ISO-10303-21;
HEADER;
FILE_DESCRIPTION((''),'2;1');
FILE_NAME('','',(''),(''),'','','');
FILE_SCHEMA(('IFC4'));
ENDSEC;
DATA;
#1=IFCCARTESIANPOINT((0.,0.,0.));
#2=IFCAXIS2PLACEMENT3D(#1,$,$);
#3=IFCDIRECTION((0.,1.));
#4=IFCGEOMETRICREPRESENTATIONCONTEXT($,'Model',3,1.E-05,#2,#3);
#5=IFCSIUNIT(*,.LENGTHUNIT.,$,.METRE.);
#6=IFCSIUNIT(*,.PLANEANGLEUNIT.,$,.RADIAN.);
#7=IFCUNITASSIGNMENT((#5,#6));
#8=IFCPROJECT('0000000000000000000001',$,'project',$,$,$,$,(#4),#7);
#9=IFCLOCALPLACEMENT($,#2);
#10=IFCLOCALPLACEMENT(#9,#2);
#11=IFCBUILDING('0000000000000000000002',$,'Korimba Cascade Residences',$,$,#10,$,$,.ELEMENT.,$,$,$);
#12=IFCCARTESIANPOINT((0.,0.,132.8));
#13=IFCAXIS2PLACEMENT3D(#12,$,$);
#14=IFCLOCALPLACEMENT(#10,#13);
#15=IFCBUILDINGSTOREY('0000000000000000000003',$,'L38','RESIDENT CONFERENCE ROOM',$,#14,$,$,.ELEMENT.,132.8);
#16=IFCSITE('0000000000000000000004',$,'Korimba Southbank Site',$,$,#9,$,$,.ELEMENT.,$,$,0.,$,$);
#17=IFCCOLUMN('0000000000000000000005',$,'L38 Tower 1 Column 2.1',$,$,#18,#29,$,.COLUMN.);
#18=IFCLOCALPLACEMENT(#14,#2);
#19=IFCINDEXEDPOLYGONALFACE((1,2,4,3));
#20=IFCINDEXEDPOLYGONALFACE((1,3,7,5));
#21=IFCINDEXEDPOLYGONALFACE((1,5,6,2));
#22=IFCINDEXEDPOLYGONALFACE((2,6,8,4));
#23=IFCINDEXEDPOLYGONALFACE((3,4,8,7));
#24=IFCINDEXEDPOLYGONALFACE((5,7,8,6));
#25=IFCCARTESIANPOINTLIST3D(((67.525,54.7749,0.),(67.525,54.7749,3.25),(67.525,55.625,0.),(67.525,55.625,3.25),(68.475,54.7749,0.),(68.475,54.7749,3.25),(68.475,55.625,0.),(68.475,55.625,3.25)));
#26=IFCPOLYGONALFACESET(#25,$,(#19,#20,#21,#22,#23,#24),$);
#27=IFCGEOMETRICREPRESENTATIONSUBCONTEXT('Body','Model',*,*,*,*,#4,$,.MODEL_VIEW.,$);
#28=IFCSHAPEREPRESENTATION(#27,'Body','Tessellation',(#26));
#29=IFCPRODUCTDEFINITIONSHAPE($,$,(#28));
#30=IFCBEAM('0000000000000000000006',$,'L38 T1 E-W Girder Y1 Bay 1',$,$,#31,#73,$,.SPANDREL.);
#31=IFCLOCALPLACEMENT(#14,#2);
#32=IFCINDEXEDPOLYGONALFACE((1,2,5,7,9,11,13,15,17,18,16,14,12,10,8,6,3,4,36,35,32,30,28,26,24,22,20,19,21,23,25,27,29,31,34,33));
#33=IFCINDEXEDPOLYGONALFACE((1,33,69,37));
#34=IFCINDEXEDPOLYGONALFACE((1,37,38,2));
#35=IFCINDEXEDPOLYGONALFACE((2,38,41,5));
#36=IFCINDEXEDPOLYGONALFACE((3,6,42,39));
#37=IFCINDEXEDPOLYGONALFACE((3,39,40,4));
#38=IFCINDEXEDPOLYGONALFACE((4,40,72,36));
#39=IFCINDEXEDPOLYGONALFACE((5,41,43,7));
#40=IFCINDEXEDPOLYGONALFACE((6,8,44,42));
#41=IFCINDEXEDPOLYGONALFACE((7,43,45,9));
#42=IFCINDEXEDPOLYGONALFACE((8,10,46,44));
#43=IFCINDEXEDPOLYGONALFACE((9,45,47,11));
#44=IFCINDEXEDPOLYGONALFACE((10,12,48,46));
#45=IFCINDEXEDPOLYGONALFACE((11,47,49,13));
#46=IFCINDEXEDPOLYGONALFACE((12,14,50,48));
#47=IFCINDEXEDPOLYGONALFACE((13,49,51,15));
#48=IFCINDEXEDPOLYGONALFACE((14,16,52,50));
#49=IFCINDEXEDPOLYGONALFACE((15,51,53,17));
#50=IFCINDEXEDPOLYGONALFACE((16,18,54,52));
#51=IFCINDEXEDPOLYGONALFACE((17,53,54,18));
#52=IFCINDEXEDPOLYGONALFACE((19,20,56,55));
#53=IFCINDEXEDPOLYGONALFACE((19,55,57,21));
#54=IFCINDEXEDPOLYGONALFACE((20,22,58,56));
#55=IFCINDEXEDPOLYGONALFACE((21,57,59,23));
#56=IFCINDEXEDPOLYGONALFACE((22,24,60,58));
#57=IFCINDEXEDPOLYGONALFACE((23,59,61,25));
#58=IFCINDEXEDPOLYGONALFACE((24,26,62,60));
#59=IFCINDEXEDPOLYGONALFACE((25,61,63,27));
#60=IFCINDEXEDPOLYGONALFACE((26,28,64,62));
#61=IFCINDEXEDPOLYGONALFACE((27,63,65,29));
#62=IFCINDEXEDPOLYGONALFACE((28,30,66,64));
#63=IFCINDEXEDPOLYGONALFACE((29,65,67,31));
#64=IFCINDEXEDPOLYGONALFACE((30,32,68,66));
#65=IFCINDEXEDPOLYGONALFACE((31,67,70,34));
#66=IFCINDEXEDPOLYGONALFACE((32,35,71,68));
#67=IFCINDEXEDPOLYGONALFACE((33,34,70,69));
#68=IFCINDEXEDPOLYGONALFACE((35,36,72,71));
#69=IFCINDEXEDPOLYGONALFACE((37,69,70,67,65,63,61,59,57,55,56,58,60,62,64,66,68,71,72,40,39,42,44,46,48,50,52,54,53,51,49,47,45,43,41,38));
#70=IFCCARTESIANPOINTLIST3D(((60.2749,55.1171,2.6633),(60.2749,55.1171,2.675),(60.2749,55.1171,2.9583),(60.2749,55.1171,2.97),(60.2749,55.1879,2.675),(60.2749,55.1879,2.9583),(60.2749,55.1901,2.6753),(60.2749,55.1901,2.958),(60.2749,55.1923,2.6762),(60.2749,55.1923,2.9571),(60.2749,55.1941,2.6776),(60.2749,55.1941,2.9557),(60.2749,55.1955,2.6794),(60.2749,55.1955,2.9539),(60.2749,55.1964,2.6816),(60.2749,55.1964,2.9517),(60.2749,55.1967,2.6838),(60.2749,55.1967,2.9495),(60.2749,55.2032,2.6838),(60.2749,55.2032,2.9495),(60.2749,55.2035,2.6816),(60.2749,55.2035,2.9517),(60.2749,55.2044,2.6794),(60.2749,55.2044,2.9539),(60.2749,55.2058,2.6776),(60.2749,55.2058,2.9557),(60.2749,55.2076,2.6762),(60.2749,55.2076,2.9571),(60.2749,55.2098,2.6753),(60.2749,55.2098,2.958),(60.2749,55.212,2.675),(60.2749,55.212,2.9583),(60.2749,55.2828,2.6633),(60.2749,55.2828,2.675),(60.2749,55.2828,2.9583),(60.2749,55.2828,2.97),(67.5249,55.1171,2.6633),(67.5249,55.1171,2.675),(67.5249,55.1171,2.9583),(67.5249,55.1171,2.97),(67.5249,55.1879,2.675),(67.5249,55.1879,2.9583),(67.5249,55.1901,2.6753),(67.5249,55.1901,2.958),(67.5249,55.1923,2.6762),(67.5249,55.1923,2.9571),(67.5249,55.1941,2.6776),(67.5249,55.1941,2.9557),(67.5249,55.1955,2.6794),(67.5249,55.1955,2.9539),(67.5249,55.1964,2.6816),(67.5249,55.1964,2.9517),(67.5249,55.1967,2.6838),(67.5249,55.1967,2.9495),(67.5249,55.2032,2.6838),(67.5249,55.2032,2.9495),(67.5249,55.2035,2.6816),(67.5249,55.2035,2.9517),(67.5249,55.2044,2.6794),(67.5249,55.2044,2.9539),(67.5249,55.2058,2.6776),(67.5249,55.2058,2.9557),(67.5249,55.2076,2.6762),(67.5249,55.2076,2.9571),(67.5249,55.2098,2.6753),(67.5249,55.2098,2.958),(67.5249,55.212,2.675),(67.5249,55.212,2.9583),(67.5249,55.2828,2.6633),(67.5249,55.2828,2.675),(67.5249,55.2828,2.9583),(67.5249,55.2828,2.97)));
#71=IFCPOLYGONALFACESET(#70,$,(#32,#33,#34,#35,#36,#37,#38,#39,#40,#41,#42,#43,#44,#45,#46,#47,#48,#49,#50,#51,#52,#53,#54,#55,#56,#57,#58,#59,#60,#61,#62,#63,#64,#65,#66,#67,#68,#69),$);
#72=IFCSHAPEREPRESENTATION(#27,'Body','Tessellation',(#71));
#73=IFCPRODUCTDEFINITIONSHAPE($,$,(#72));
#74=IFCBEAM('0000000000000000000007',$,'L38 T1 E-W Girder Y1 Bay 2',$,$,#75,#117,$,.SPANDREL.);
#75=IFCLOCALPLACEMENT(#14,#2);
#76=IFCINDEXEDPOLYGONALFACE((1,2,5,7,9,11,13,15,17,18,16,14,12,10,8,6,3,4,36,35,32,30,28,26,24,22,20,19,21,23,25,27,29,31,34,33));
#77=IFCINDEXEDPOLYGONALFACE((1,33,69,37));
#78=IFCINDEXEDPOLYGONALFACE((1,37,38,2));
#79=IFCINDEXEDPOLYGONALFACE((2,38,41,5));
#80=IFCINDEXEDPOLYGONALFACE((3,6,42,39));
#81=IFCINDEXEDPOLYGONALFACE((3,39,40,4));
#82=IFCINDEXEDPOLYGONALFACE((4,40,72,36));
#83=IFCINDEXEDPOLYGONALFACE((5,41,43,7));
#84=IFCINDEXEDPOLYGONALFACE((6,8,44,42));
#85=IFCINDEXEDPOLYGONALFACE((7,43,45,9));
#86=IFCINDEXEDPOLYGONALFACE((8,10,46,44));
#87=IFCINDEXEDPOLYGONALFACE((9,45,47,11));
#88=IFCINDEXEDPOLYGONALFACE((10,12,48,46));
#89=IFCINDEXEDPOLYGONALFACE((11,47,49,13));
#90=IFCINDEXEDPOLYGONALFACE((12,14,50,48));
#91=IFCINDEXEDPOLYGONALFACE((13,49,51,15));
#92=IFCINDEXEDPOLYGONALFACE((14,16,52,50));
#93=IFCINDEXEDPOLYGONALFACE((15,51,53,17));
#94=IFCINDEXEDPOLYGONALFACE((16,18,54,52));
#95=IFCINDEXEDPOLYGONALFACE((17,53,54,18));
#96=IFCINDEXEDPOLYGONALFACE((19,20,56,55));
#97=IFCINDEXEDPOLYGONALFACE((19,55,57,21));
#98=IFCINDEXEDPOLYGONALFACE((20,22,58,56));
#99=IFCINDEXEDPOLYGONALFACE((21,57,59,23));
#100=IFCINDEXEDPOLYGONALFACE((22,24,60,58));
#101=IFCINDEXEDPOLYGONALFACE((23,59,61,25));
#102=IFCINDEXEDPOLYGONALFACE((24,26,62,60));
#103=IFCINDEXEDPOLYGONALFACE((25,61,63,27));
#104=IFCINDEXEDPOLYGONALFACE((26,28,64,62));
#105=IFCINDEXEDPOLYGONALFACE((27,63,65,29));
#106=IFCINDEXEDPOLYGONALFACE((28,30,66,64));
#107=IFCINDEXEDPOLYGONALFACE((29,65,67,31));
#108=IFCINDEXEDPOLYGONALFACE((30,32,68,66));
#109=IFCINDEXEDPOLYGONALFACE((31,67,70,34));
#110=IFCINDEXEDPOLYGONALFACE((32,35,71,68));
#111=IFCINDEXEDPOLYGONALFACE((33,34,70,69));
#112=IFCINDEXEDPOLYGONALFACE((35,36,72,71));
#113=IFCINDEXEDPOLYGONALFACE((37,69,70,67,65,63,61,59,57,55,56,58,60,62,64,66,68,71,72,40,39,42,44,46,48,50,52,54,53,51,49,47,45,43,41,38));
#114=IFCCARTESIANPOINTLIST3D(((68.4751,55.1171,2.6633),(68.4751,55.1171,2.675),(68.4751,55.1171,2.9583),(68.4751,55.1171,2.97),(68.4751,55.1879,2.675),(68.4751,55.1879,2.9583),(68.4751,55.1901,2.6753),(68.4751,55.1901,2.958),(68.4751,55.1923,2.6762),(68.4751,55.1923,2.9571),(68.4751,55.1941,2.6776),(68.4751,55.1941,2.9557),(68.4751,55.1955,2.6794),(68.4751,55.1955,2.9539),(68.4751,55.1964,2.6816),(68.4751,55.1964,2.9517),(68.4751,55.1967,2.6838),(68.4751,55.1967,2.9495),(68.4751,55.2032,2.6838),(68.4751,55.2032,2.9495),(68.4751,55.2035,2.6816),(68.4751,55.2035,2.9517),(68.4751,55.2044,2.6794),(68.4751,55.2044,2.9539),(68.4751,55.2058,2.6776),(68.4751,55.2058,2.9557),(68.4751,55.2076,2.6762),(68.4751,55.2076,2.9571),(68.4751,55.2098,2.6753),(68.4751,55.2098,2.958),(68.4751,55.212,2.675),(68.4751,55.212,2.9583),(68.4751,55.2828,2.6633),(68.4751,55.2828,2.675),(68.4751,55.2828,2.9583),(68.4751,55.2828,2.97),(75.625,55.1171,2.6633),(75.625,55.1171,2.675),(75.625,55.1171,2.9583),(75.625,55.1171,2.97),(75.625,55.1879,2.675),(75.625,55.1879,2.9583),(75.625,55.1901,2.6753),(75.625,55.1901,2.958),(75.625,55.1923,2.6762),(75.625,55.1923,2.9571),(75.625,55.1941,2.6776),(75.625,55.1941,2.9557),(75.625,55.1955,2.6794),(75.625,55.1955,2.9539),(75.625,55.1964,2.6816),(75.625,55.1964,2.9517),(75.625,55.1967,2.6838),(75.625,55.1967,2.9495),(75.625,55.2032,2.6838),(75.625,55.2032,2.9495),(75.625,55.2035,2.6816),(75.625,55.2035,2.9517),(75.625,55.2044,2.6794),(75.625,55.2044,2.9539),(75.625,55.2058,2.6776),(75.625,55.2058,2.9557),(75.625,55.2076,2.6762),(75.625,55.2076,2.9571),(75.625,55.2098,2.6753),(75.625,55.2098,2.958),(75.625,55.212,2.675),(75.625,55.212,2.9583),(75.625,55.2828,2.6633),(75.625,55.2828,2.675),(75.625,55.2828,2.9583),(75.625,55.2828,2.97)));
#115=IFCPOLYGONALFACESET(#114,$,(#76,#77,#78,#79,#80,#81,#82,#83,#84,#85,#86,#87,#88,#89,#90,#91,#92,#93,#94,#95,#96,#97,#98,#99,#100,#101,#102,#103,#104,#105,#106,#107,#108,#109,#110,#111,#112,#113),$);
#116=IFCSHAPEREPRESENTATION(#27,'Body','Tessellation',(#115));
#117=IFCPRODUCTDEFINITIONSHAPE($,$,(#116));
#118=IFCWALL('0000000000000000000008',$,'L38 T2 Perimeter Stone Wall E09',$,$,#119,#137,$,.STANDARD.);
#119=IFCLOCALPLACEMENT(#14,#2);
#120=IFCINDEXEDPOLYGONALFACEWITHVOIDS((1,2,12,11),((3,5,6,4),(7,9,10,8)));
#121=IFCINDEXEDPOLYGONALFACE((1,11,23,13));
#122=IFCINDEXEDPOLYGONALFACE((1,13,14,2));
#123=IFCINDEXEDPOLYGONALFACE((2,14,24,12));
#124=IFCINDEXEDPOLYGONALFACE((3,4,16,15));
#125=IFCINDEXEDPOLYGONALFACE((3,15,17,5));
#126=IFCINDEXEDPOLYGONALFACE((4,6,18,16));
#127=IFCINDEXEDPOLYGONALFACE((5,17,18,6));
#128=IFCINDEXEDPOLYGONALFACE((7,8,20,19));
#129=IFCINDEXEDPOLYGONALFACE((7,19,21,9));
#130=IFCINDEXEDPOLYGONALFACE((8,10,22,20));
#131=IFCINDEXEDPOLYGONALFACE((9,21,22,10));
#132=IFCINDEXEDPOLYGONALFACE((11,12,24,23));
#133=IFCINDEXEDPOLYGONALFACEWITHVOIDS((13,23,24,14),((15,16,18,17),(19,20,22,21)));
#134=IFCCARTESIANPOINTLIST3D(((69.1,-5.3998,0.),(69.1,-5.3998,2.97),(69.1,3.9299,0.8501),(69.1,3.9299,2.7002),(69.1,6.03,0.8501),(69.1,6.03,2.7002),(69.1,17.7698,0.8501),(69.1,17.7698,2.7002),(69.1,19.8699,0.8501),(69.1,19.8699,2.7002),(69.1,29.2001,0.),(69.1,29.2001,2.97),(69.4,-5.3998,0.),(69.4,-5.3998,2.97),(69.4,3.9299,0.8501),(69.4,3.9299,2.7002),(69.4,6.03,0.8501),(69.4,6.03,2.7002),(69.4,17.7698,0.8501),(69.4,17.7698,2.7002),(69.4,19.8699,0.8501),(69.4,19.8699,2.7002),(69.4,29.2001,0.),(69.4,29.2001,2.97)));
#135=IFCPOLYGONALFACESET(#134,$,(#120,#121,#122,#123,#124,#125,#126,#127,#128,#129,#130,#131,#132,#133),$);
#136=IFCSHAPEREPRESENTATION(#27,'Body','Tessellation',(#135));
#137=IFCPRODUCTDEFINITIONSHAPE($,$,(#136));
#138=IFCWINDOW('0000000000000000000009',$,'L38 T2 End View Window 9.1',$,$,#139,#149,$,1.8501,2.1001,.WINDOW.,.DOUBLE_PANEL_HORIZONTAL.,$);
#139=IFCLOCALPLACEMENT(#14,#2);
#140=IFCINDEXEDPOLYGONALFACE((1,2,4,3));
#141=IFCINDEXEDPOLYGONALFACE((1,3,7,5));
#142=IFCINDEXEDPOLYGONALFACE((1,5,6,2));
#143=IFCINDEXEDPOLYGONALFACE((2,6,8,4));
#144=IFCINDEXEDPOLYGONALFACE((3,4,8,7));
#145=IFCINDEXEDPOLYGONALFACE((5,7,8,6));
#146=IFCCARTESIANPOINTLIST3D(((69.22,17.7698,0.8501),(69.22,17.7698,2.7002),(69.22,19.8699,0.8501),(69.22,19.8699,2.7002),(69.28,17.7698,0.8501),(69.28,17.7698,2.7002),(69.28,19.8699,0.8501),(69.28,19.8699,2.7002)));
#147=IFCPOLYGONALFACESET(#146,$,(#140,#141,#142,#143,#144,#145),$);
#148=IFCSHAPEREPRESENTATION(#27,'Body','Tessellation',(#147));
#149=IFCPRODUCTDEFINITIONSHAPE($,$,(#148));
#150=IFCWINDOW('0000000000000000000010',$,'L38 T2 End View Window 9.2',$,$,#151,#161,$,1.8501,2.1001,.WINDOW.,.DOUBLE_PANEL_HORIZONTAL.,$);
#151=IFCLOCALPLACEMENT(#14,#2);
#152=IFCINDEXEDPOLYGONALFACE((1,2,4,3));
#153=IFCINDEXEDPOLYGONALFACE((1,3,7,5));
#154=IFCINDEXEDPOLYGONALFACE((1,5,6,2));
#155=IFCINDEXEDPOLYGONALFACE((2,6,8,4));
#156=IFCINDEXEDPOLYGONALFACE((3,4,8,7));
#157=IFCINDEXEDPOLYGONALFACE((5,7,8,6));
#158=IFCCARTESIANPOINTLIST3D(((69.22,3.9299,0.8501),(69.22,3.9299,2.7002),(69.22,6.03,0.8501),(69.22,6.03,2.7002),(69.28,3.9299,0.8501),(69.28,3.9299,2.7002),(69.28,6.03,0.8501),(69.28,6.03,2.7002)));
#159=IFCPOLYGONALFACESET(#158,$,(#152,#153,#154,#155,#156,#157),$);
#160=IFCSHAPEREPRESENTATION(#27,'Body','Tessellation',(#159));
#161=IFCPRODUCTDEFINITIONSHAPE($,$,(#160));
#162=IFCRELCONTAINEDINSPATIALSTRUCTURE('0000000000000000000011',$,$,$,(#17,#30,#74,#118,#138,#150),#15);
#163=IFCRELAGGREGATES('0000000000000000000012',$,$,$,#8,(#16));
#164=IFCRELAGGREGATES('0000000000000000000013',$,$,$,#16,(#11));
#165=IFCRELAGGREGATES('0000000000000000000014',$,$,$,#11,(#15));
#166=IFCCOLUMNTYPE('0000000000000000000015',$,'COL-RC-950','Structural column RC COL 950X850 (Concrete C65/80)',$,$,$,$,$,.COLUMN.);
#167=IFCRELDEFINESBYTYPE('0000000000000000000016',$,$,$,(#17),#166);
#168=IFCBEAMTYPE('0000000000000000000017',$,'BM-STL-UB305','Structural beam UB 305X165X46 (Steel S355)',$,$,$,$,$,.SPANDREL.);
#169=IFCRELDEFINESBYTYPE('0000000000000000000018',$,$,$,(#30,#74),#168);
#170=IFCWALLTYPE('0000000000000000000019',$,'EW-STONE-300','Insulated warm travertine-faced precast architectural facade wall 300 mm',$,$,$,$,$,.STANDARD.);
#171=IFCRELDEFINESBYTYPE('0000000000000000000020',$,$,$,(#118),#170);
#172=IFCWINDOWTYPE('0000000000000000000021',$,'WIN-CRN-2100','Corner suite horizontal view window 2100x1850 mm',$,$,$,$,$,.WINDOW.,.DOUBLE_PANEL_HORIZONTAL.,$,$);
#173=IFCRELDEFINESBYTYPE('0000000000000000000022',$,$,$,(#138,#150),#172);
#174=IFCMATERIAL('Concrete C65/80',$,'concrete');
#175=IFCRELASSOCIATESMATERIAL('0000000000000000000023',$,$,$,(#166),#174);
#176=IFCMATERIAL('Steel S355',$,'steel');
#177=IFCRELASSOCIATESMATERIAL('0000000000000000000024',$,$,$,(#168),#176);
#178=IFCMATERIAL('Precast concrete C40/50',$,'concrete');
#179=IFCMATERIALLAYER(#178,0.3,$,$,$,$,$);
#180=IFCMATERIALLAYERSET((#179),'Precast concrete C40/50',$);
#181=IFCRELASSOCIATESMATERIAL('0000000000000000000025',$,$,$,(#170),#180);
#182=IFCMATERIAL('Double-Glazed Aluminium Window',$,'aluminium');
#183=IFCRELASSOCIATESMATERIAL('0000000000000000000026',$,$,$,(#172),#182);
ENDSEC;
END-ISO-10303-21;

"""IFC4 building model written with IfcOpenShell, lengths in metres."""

from ifc_helpers import new_model, si_unit, direction, frame, frame_2d, origin, origin_2d, place, context, subcontext, project, spatial, rectangle, i_section, extrude, material, layer, layer_set, material_profile, profile_set, type_object, element, fill, save


model = new_model("IFC4")

# Units and contexts
model_context = context("Model", 3, precision=1e-05, world=origin(), true_north=direction((0.0, 1.0)))
body_context = subcontext(model_context, "Body", "Model", "MODEL_VIEW")
ifc_project = project(units=[si_unit("LENGTHUNIT", "METRE"), si_unit("PLANEANGLEUNIT", "RADIAN")], contexts=[model_context])

# Site, building, storey
site_placement = place(None, origin())
site = spatial("IfcSite", under=ifc_project, at=site_placement, Name="Korimba Southbank Site", CompositionType="ELEMENT", RefElevation=0.0)
building_placement = place(site_placement, origin())
building = spatial("IfcBuilding", under=site, at=building_placement, Name="Korimba Cascade Residences", CompositionType="ELEMENT")
storey_placement = place(building_placement, frame((0.0, 0.0, 132.8)))
storey = spatial("IfcBuildingStorey", under=building, at=storey_placement, Name="L38", Description="RESIDENT CONFERENCE ROOM", CompositionType="ELEMENT", Elevation=132.8)

# Column
ifc_material_1 = material(Name="Concrete C65/80", Category="concrete")
ifc_material_profile_1 = material_profile(ifc_material_1, rectangle(XDim=0.95, YDim=0.8501, at=origin_2d()), Name="Concrete C65/80")
ifc_profile_set_1 = profile_set([ifc_material_profile_1], Name="Concrete C65/80")
column_type = type_object("IfcColumnType", Name="COL-RC-950", Description="Structural column RC COL 950X850 (Concrete C65/80)", PredefinedType="COLUMN", material=ifc_profile_set_1)
column_placement = place(storey_placement, frame((68.0, 55.2, 0.0), z_axis=(0.0, 0.0, 1.0), x_axis=(1.0, 0.0, 0.0)))
element("IfcColumn", 1, at=column_placement, inside=storey, type_object=column_type, Name="L38 Tower 1 Column 2.1", PredefinedType="COLUMN", context=body_context, shape_type="SweptSolid", body=[
    extrude(rectangle(XDim=0.95, YDim=0.8501, at=origin_2d()), origin(), (0.0, 0.0, 1.0), 3.25),
])

# Beams
ifc_material_2 = material(Name="Steel S355", Category="steel")
ifc_material_profile_2 = material_profile(ifc_material_2, i_section(OverallWidth=0.1658, OverallDepth=0.3066, WebThickness=0.0066, FlangeThickness=0.0117, FilletRadius=0.0088, at=origin_2d()), Name="Steel S355")
ifc_profile_set_2 = profile_set([ifc_material_profile_2], Name="Steel S355")
beam_type = type_object("IfcBeamType", Name="BM-STL-UB305", Description="Structural beam UB 305X165X46 (Steel S355)", PredefinedType="SPANDREL", material=ifc_profile_set_2)
beam_1_placement = place(storey_placement, frame((60.2749, 55.2, 2.8167), z_axis=(1.0, 0.0, 0.0), x_axis=(0.0, 1.0, 0.0)))
element("IfcBeam", 2, at=beam_1_placement, inside=storey, type_object=beam_type, Name="L38 T1 E-W Girder Y1 Bay 1", PredefinedType="SPANDREL", context=body_context, shape_type="SweptSolid", body=[
    extrude(i_section(OverallWidth=0.1658, OverallDepth=0.3066, WebThickness=0.0066, FlangeThickness=0.0117, FilletRadius=0.0088, at=origin_2d()), origin(), (0.0, 0.0, 1.0), 7.25),
])
beam_2_placement = place(storey_placement, frame((68.4751, 55.2, 2.8167), z_axis=(1.0, 0.0, 0.0), x_axis=(0.0, 1.0, 0.0)))
element("IfcBeam", 3, at=beam_2_placement, inside=storey, type_object=beam_type, Name="L38 T1 E-W Girder Y1 Bay 2", PredefinedType="SPANDREL", context=body_context, shape_type="SweptSolid", body=[
    extrude(i_section(OverallWidth=0.1658, OverallDepth=0.3066, WebThickness=0.0066, FlangeThickness=0.0117, FilletRadius=0.0088, at=origin_2d()), origin(), (0.0, 0.0, 1.0), 7.1499),
])

# Wall, openings, windows
ifc_material_3 = material(Name="Precast concrete C40/50", Category="concrete")
ifc_layer_1 = layer(ifc_material_3, 0.3)
ifc_layer_set_1 = layer_set([ifc_layer_1], Name="Precast concrete C40/50")
wall_type_1 = type_object("IfcWallType", Name="EW-STONE-300", Description="Insulated warm travertine-faced precast architectural facade wall 300 mm", PredefinedType="STANDARD", material=ifc_layer_set_1)
wall_1_placement = place(storey_placement, frame((69.25, 29.2, 0.0), z_axis=(0.0, 0.0, 1.0), x_axis=(0.0, -1.0, 0.0)))
wall_1 = element("IfcWall", 4, at=wall_1_placement, inside=storey, type_object=wall_type_1, Name="L38 T2 Perimeter Stone Wall E09", PredefinedType="STANDARD", context=body_context, shape_type="SweptSolid", body=[
    extrude(rectangle(XDim=34.5999, YDim=0.3, at=frame_2d((17.2998, 0.0))), origin(), (0.0, 0.0, 1.0), 2.97),
])
opening_1_placement = place(wall_1_placement, frame((9.3301, 0.0, 0.8501)))
opening_1 = element("IfcOpeningElement", 5, at=opening_1_placement, cuts=wall_1, PredefinedType="OPENING", context=body_context, shape_type="SweptSolid", body=[
    extrude(rectangle(XDim=2.1001, YDim=1.8501, at=frame_2d((1.05, 0.925))), frame((0.0, 0.1602, 0.0), z_axis=(0.0, -1.0, 0.0), x_axis=(1.0, 0.0, 0.0)), (0.0, 0.0, 1.0), 0.3201),
])
opening_2_placement = place(wall_1_placement, frame((23.1699, 0.0, 0.8501)))
opening_2 = element("IfcOpeningElement", 6, at=opening_2_placement, cuts=wall_1, PredefinedType="OPENING", context=body_context, shape_type="SweptSolid", body=[
    extrude(rectangle(XDim=2.1001, YDim=1.8501, at=frame_2d((1.05, 0.925))), frame((0.0, 0.1602, 0.0), z_axis=(0.0, -1.0, 0.0), x_axis=(1.0, 0.0, 0.0)), (0.0, 0.0, 1.0), 0.3201),
])
ifc_material_4 = material(Name="Double-Glazed Aluminium Window", Category="aluminium")
window_type = type_object("IfcWindowType", Name="WIN-CRN-2100", Description="Corner suite horizontal view window 2100x1850 mm", PartitioningType="DOUBLE_PANEL_HORIZONTAL", PredefinedType="WINDOW", material=ifc_material_4)
window_1_placement = place(opening_1_placement, origin())
window_1 = element("IfcWindow", 7, at=window_1_placement, inside=storey, type_object=window_type, Name="L38 T2 End View Window 9.1", OverallHeight=1.8501, OverallWidth=2.1001, PartitioningType="DOUBLE_PANEL_HORIZONTAL", PredefinedType="WINDOW", context=body_context, shape_type="SweptSolid", body=[
    extrude(rectangle(XDim=2.1001, YDim=1.8501, at=frame_2d((1.05, 0.925))), frame((0.0, 0.03, 0.0), z_axis=(0.0, -1.0, 0.0), x_axis=(1.0, 0.0, 0.0)), (0.0, 0.0, 1.0), 0.0601),
])
fill(opening_1, window_1)
window_2_placement = place(opening_2_placement, origin())
window_2 = element("IfcWindow", 8, at=window_2_placement, inside=storey, type_object=window_type, Name="L38 T2 End View Window 9.2", OverallHeight=1.8501, OverallWidth=2.1001, PartitioningType="DOUBLE_PANEL_HORIZONTAL", PredefinedType="WINDOW", context=body_context, shape_type="SweptSolid", body=[
    extrude(rectangle(XDim=2.1001, YDim=1.8501, at=frame_2d((1.05, 0.925))), frame((0.0, 0.03, 0.0), z_axis=(0.0, -1.0, 0.0), x_axis=(1.0, 0.0, 0.0)), (0.0, 0.0, 1.0), 0.0601),
])
fill(opening_2, window_2)

save(model, "model.ifc")
